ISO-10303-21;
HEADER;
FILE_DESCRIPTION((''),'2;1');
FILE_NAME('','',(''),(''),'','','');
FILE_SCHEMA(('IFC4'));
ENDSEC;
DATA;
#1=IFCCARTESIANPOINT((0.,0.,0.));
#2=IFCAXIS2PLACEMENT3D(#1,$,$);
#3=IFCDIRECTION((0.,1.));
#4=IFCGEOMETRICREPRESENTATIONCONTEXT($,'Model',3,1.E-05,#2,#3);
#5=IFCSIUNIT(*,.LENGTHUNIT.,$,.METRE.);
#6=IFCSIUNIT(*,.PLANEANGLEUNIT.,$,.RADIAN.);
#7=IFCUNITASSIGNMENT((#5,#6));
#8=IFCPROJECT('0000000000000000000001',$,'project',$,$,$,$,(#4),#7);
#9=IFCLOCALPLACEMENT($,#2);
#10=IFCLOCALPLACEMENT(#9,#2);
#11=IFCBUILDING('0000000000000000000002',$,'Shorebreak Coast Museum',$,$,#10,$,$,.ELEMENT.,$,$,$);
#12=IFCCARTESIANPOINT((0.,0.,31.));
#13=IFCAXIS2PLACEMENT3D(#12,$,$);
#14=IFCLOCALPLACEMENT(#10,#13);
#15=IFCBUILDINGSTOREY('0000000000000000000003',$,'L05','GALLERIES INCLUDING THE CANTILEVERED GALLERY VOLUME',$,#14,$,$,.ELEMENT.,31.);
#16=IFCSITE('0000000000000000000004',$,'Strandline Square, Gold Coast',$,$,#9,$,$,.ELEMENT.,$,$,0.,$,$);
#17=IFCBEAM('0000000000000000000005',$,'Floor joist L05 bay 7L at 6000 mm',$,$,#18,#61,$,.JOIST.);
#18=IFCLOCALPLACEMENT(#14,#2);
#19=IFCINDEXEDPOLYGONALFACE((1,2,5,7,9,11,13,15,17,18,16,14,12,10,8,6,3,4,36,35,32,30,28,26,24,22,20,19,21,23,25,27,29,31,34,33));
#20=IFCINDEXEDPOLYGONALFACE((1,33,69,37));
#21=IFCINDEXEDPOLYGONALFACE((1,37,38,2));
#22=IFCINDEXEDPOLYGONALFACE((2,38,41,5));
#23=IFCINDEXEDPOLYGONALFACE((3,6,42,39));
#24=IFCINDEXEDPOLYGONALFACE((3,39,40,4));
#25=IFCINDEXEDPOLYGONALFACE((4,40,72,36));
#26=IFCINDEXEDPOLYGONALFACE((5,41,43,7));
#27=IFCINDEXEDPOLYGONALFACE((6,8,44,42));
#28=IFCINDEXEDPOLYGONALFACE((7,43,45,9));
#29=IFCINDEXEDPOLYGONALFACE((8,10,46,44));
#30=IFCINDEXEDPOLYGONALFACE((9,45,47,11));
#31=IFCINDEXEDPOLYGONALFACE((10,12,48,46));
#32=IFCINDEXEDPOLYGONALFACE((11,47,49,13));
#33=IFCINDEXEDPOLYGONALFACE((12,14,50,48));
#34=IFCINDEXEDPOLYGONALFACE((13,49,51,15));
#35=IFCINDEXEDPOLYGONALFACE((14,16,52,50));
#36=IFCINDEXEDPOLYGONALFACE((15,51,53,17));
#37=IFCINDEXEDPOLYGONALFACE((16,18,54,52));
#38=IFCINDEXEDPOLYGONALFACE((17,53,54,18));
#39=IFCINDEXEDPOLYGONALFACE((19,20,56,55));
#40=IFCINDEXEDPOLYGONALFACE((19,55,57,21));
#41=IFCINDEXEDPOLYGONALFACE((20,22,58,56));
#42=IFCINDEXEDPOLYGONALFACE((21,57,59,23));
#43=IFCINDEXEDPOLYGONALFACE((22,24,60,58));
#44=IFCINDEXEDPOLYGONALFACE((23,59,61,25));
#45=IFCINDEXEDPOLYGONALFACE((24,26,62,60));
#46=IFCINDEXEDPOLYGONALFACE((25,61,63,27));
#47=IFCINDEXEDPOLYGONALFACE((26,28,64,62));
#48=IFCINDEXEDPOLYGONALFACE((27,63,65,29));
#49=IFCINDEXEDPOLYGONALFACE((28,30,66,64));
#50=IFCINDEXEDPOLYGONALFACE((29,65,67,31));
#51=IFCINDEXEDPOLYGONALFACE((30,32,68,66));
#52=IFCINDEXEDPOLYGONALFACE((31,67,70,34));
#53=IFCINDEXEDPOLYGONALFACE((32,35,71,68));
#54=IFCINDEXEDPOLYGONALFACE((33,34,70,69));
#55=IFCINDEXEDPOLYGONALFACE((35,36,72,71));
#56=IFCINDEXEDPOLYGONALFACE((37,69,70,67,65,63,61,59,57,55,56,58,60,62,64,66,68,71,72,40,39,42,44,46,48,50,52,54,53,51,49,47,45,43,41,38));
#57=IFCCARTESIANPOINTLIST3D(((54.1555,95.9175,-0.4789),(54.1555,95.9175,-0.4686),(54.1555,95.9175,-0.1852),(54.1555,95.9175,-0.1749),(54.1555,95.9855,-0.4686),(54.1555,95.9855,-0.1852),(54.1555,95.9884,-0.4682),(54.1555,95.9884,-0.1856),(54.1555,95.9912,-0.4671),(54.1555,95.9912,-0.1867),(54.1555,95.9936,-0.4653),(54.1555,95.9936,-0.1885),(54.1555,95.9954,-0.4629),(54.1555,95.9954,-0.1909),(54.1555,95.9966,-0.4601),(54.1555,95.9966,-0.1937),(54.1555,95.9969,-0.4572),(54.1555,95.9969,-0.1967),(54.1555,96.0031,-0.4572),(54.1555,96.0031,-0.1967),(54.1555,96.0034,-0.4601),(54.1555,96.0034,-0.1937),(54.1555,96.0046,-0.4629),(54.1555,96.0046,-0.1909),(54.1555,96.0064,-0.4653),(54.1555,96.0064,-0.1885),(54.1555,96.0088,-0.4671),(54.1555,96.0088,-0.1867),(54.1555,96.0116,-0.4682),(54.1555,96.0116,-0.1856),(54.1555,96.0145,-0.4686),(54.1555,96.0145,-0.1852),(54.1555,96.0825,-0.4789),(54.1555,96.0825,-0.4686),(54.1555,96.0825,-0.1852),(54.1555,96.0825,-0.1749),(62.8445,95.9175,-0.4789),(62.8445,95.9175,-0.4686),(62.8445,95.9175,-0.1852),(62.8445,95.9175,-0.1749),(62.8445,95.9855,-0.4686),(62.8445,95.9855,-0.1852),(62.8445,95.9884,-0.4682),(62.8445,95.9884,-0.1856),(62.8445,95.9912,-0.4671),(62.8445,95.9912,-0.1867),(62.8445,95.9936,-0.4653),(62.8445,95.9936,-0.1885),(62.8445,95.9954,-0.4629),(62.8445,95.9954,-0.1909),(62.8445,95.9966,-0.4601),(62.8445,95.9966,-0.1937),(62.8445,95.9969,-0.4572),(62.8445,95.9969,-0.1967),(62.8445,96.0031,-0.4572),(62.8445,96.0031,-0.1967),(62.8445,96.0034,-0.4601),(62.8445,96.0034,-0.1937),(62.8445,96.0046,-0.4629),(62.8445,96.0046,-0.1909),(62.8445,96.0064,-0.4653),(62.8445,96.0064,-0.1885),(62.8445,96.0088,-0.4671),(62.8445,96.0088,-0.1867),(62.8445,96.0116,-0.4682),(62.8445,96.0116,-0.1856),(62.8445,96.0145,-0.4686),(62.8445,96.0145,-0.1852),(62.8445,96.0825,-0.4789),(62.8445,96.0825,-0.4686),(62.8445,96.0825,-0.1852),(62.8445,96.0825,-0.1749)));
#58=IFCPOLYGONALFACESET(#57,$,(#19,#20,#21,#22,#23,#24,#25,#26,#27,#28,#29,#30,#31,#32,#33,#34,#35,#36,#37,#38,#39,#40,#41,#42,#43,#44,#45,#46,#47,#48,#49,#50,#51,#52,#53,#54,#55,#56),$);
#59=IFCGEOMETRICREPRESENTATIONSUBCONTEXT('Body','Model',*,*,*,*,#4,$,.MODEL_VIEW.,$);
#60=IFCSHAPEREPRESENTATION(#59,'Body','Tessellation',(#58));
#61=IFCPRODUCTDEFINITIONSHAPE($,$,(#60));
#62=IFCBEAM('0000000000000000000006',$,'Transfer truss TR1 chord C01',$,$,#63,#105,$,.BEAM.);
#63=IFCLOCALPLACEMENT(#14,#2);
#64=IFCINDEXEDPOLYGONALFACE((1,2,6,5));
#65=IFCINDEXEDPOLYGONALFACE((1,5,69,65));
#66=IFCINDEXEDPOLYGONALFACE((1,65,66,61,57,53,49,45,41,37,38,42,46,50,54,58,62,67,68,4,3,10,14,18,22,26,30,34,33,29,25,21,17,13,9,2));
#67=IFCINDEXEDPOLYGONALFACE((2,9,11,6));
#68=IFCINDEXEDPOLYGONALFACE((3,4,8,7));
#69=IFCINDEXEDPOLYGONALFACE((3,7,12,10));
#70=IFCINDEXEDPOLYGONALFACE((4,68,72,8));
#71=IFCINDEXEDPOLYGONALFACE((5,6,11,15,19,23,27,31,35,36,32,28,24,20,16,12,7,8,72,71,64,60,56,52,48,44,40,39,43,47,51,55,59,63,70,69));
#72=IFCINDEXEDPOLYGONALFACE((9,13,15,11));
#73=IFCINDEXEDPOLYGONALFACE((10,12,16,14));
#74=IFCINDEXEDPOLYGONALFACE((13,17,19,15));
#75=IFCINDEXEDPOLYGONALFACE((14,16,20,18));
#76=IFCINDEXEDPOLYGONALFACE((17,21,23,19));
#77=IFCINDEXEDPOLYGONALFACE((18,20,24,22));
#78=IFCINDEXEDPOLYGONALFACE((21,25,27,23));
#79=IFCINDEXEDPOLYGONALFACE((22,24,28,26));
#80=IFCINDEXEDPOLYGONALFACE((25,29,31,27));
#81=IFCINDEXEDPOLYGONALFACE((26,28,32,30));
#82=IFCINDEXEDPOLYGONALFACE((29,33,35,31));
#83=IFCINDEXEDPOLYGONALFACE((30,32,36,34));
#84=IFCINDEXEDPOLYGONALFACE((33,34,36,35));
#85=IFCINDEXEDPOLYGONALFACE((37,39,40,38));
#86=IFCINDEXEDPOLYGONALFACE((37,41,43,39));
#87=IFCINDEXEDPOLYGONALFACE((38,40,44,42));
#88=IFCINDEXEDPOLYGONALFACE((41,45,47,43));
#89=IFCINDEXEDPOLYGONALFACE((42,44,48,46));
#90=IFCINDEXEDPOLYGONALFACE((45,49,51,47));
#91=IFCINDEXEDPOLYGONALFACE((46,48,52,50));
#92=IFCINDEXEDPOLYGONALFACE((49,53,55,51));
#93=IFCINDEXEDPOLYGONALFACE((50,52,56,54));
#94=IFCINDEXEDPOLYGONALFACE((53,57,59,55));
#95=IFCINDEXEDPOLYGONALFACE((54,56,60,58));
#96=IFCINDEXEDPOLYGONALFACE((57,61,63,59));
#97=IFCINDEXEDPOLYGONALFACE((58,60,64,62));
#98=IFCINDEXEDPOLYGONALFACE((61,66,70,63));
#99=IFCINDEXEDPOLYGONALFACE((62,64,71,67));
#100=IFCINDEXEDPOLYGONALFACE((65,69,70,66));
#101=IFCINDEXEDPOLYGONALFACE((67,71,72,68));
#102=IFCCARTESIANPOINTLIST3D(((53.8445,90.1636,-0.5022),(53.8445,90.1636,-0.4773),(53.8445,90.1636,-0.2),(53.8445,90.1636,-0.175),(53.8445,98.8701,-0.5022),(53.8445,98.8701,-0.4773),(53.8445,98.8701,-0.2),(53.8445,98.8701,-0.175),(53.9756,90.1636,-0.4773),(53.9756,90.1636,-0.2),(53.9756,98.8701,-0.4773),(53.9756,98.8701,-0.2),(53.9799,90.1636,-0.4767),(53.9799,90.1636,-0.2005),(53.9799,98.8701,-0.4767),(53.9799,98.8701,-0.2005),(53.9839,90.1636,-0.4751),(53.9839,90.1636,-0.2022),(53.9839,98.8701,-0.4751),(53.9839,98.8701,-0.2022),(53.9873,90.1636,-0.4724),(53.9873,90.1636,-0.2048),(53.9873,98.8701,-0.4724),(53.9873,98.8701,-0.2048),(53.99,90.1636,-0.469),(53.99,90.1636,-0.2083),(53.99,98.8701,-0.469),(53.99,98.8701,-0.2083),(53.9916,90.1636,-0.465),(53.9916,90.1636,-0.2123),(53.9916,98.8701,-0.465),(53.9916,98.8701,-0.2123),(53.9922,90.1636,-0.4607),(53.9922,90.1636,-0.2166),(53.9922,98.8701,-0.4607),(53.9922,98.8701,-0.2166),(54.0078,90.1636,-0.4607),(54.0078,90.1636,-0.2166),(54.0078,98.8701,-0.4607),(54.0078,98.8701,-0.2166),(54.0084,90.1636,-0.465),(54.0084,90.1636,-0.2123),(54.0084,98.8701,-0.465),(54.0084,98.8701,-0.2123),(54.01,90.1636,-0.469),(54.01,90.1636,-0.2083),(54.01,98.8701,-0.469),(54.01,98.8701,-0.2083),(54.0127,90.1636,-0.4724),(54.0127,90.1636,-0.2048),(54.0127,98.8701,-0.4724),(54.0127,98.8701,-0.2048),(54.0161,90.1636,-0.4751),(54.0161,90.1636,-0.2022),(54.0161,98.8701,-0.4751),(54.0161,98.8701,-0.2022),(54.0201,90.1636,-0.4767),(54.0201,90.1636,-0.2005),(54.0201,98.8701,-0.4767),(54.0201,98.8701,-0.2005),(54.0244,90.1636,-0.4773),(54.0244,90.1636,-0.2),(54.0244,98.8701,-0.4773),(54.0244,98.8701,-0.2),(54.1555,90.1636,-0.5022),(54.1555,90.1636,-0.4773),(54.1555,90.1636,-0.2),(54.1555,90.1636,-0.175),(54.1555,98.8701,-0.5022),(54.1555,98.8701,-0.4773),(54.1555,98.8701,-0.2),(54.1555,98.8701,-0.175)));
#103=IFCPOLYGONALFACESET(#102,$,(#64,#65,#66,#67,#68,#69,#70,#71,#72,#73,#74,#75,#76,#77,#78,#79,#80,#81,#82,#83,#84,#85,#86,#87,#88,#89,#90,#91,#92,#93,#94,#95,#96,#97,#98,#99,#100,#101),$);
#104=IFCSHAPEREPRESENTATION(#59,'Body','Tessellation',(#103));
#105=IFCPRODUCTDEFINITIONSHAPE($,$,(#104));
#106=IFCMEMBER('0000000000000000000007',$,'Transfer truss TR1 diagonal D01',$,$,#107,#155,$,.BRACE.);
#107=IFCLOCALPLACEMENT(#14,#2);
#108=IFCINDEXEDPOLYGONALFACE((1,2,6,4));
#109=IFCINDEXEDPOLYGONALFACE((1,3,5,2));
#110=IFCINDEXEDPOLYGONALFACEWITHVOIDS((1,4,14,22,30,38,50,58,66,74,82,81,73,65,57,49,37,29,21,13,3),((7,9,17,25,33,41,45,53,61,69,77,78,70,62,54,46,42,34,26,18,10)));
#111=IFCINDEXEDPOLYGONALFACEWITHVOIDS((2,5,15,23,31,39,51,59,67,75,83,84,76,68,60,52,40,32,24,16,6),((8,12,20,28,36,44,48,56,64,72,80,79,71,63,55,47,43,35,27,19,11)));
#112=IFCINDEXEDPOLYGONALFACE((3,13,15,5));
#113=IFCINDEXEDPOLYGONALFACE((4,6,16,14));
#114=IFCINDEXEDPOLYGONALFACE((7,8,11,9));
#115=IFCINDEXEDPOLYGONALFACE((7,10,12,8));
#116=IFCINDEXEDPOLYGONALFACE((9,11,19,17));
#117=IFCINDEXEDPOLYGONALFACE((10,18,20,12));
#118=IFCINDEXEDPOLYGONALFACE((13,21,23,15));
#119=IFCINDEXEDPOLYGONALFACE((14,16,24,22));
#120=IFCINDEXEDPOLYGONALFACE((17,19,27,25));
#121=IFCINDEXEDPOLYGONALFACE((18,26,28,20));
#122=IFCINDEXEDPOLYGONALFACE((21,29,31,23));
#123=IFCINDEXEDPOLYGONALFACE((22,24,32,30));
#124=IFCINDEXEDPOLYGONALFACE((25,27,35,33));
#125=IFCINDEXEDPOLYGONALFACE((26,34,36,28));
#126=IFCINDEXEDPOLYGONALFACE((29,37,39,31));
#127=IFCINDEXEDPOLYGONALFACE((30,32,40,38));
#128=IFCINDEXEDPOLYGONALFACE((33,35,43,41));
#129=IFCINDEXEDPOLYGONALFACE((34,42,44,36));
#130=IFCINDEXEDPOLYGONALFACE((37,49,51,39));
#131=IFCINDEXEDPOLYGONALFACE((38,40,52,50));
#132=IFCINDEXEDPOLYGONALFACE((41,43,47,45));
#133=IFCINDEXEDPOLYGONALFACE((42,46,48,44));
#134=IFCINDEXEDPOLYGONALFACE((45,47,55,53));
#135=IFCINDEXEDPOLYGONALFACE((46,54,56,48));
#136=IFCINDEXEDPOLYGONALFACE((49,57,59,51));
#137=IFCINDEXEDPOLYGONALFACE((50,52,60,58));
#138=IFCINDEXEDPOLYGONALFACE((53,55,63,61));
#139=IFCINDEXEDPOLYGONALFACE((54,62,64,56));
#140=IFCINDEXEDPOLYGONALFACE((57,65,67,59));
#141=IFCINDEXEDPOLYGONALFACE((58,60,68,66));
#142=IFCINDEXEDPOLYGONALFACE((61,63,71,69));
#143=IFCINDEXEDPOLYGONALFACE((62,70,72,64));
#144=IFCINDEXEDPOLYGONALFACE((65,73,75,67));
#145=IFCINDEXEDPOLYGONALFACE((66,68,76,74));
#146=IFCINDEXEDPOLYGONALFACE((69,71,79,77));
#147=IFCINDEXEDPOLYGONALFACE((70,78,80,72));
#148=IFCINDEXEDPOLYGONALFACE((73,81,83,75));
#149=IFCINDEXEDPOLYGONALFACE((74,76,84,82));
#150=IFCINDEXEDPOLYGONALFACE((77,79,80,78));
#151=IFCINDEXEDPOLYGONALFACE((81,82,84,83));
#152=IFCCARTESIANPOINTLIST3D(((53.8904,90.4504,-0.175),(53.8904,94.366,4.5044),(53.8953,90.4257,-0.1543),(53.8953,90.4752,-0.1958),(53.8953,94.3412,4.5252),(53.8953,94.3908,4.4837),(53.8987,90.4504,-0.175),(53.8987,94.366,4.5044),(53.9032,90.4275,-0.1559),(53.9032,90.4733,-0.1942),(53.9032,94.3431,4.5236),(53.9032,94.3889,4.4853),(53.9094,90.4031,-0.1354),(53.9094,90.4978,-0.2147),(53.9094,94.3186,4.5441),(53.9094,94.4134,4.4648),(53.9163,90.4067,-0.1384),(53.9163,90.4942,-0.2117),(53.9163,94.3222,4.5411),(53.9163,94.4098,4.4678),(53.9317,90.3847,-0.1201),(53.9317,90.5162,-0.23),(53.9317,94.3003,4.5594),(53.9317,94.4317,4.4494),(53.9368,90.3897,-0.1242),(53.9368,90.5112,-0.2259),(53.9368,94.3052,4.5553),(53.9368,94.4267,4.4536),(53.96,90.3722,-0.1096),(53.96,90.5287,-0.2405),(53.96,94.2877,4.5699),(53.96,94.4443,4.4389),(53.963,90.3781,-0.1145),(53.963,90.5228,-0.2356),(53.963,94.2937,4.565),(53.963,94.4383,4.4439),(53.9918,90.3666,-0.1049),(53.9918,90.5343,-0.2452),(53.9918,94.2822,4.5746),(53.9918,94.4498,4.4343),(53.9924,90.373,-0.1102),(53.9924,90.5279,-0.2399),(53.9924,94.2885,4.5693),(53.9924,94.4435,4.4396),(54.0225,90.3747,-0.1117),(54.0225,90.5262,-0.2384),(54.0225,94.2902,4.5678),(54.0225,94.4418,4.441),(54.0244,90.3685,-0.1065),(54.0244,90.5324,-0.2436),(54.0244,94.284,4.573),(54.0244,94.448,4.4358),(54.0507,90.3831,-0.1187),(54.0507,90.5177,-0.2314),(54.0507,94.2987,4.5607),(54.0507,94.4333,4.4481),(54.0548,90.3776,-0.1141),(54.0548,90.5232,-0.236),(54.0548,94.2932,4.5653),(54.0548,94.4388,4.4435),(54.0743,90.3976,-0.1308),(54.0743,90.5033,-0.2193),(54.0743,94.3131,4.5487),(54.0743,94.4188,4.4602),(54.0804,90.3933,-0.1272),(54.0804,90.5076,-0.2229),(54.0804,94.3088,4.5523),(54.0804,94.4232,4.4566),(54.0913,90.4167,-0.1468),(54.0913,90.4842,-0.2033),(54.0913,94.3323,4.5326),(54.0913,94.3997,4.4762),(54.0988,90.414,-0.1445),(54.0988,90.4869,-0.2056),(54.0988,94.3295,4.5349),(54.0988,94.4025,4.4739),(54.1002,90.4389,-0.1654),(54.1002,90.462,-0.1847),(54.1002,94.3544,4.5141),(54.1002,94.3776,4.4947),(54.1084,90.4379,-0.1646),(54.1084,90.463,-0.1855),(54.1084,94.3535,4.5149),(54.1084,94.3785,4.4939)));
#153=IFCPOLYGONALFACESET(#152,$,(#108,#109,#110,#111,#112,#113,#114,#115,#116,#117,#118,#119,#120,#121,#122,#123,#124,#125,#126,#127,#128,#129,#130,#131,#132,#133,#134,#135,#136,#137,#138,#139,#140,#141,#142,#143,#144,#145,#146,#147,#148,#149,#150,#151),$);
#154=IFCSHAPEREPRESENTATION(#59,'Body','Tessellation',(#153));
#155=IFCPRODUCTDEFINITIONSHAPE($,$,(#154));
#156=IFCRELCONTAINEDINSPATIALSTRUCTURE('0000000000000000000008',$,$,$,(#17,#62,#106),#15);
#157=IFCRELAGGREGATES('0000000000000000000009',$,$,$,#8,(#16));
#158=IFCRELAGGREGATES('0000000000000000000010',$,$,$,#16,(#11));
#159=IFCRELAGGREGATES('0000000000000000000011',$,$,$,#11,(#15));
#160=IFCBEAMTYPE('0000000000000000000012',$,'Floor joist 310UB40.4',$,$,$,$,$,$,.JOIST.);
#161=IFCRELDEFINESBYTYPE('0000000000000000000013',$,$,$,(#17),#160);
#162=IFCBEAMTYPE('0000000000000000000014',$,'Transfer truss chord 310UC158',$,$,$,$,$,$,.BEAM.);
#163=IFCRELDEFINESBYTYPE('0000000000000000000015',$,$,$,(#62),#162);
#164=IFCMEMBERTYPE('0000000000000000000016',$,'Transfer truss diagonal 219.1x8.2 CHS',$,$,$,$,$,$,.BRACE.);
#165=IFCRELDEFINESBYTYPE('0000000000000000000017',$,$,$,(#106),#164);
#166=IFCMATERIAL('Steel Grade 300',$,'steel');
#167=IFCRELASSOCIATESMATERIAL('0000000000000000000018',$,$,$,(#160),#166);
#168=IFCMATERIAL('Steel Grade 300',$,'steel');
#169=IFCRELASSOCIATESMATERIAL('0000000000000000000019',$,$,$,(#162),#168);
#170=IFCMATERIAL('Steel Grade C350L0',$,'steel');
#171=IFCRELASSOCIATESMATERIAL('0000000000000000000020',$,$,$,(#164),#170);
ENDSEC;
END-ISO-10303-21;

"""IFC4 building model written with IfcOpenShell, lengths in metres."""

from ifc_helpers import new_model, si_unit, direction, frame, origin, origin_2d, place, context, subcontext, project, spatial, hollow_circle, i_section, extrude, material, material_profile, profile_set, type_object, element, save


model = new_model("IFC4")

# Units and contexts
model_context = context("Model", 3, precision=1e-05, world=origin(), true_north=direction((0.0, 1.0)))
body_context = subcontext(model_context, "Body", "Model", "MODEL_VIEW")
ifc_project = project(units=[si_unit("LENGTHUNIT", "METRE"), si_unit("PLANEANGLEUNIT", "RADIAN")], contexts=[model_context])

# Site, building, storey
site_placement = place(None, origin())
site = spatial("IfcSite", under=ifc_project, at=site_placement, Name="Strandline Square, Gold Coast", CompositionType="ELEMENT", RefElevation=0.0)
building_placement = place(site_placement, origin())
building = spatial("IfcBuilding", under=site, at=building_placement, Name="Shorebreak Coast Museum", CompositionType="ELEMENT")
storey_placement = place(building_placement, frame((0.0, 0.0, 31.0)))
storey = spatial("IfcBuildingStorey", under=building, at=storey_placement, Name="L05", Description="GALLERIES INCLUDING THE CANTILEVERED GALLERY VOLUME", CompositionType="ELEMENT", Elevation=31.0)

# Beams
ifc_material_1 = material(Name="Steel Grade 300", Category="steel")
ifc_material_profile_1 = material_profile(ifc_material_1, i_section(OverallWidth=0.165, OverallDepth=0.304, WebThickness=0.0061, FlangeThickness=0.0103, FilletRadius=0.0115, at=origin_2d()), Name="310UB40.4")
ifc_profile_set_1 = profile_set([ifc_material_profile_1], Name="Steel Grade 300")
beam_type_1 = type_object("IfcBeamType", Name="Floor joist 310UB40.4", PredefinedType="JOIST", material=ifc_profile_set_1)
for number, where, z_axis, x_axis, name in (
    (1, (54.1555, 96.0, -0.3269), (1.0, 0.0, 0.0), (0.0, 1.0, 0.0), "Floor joist L05 bay 7L at 6000 mm"),
):
    element("IfcBeam", number, at=place(storey_placement, frame(where, z_axis=z_axis, x_axis=x_axis)), inside=storey, type_object=beam_type_1, Name=name, PredefinedType="JOIST", context=body_context, shape_type="SweptSolid", body=[
        extrude(i_section(OverallWidth=0.165, OverallDepth=0.304, WebThickness=0.0061, FlangeThickness=0.0103, FilletRadius=0.0115, at=origin_2d()), origin(), (0.0, 0.0, 1.0), 8.689),
    ])
ifc_material_2 = material(Name="Steel Grade 300", Category="steel")
ifc_material_profile_2 = material_profile(ifc_material_2, i_section(OverallWidth=0.311, OverallDepth=0.3271, WebThickness=0.0156, FlangeThickness=0.0249, FilletRadius=0.0166, at=origin_2d()), Name="310UC158")
ifc_profile_set_2 = profile_set([ifc_material_profile_2], Name="Steel Grade 300")
beam_type_2 = type_object("IfcBeamType", Name="Transfer truss chord 310UC158", PredefinedType="BEAM", material=ifc_profile_set_2)
beam_1_placement = place(storey_placement, frame((54.0, 90.1636, -0.3386), z_axis=(0.0, 1.0, 0.0), x_axis=(-1.0, 0.0, 0.0)))
element("IfcBeam", 2, at=beam_1_placement, inside=storey, type_object=beam_type_2, Name="Transfer truss TR1 chord C01", PredefinedType="BEAM", context=body_context, shape_type="SweptSolid", body=[
    extrude(i_section(OverallWidth=0.311, OverallDepth=0.3271, WebThickness=0.0156, FlangeThickness=0.0249, FilletRadius=0.0166, at=origin_2d()), origin(), (0.0, 0.0, 1.0), 8.7065),
])

# Member
ifc_material_3 = material(Name="Steel Grade C350L0", Category="steel")
ifc_material_profile_3 = material_profile(ifc_material_3, hollow_circle(Radius=0.1096, WallThickness=0.0083, at=origin_2d()), Name="219.1x8.2 CHS")
ifc_profile_set_3 = profile_set([ifc_material_profile_3], Name="Steel Grade C350L0")
member_type_1 = type_object("IfcMemberType", Name="Transfer truss diagonal 219.1x8.2 CHS", PredefinedType="BRACE", material=ifc_profile_set_3)
member_1_placement = place(storey_placement, frame((54.0, 90.4504, -0.175), z_axis=(0.0, 0.64173, 0.766931), x_axis=(-1.0, 0.0, 0.0)))
element("IfcMember", 3, at=member_1_placement, inside=storey, type_object=member_type_1, Name="Transfer truss TR1 diagonal D01", PredefinedType="BRACE", context=body_context, shape_type="SweptSolid", body=[
    extrude(hollow_circle(Radius=0.1096, WallThickness=0.0083, at=origin_2d()), origin(), (0.0, 0.0, 1.0), 6.1016),
])

save(model, "model.ifc")
